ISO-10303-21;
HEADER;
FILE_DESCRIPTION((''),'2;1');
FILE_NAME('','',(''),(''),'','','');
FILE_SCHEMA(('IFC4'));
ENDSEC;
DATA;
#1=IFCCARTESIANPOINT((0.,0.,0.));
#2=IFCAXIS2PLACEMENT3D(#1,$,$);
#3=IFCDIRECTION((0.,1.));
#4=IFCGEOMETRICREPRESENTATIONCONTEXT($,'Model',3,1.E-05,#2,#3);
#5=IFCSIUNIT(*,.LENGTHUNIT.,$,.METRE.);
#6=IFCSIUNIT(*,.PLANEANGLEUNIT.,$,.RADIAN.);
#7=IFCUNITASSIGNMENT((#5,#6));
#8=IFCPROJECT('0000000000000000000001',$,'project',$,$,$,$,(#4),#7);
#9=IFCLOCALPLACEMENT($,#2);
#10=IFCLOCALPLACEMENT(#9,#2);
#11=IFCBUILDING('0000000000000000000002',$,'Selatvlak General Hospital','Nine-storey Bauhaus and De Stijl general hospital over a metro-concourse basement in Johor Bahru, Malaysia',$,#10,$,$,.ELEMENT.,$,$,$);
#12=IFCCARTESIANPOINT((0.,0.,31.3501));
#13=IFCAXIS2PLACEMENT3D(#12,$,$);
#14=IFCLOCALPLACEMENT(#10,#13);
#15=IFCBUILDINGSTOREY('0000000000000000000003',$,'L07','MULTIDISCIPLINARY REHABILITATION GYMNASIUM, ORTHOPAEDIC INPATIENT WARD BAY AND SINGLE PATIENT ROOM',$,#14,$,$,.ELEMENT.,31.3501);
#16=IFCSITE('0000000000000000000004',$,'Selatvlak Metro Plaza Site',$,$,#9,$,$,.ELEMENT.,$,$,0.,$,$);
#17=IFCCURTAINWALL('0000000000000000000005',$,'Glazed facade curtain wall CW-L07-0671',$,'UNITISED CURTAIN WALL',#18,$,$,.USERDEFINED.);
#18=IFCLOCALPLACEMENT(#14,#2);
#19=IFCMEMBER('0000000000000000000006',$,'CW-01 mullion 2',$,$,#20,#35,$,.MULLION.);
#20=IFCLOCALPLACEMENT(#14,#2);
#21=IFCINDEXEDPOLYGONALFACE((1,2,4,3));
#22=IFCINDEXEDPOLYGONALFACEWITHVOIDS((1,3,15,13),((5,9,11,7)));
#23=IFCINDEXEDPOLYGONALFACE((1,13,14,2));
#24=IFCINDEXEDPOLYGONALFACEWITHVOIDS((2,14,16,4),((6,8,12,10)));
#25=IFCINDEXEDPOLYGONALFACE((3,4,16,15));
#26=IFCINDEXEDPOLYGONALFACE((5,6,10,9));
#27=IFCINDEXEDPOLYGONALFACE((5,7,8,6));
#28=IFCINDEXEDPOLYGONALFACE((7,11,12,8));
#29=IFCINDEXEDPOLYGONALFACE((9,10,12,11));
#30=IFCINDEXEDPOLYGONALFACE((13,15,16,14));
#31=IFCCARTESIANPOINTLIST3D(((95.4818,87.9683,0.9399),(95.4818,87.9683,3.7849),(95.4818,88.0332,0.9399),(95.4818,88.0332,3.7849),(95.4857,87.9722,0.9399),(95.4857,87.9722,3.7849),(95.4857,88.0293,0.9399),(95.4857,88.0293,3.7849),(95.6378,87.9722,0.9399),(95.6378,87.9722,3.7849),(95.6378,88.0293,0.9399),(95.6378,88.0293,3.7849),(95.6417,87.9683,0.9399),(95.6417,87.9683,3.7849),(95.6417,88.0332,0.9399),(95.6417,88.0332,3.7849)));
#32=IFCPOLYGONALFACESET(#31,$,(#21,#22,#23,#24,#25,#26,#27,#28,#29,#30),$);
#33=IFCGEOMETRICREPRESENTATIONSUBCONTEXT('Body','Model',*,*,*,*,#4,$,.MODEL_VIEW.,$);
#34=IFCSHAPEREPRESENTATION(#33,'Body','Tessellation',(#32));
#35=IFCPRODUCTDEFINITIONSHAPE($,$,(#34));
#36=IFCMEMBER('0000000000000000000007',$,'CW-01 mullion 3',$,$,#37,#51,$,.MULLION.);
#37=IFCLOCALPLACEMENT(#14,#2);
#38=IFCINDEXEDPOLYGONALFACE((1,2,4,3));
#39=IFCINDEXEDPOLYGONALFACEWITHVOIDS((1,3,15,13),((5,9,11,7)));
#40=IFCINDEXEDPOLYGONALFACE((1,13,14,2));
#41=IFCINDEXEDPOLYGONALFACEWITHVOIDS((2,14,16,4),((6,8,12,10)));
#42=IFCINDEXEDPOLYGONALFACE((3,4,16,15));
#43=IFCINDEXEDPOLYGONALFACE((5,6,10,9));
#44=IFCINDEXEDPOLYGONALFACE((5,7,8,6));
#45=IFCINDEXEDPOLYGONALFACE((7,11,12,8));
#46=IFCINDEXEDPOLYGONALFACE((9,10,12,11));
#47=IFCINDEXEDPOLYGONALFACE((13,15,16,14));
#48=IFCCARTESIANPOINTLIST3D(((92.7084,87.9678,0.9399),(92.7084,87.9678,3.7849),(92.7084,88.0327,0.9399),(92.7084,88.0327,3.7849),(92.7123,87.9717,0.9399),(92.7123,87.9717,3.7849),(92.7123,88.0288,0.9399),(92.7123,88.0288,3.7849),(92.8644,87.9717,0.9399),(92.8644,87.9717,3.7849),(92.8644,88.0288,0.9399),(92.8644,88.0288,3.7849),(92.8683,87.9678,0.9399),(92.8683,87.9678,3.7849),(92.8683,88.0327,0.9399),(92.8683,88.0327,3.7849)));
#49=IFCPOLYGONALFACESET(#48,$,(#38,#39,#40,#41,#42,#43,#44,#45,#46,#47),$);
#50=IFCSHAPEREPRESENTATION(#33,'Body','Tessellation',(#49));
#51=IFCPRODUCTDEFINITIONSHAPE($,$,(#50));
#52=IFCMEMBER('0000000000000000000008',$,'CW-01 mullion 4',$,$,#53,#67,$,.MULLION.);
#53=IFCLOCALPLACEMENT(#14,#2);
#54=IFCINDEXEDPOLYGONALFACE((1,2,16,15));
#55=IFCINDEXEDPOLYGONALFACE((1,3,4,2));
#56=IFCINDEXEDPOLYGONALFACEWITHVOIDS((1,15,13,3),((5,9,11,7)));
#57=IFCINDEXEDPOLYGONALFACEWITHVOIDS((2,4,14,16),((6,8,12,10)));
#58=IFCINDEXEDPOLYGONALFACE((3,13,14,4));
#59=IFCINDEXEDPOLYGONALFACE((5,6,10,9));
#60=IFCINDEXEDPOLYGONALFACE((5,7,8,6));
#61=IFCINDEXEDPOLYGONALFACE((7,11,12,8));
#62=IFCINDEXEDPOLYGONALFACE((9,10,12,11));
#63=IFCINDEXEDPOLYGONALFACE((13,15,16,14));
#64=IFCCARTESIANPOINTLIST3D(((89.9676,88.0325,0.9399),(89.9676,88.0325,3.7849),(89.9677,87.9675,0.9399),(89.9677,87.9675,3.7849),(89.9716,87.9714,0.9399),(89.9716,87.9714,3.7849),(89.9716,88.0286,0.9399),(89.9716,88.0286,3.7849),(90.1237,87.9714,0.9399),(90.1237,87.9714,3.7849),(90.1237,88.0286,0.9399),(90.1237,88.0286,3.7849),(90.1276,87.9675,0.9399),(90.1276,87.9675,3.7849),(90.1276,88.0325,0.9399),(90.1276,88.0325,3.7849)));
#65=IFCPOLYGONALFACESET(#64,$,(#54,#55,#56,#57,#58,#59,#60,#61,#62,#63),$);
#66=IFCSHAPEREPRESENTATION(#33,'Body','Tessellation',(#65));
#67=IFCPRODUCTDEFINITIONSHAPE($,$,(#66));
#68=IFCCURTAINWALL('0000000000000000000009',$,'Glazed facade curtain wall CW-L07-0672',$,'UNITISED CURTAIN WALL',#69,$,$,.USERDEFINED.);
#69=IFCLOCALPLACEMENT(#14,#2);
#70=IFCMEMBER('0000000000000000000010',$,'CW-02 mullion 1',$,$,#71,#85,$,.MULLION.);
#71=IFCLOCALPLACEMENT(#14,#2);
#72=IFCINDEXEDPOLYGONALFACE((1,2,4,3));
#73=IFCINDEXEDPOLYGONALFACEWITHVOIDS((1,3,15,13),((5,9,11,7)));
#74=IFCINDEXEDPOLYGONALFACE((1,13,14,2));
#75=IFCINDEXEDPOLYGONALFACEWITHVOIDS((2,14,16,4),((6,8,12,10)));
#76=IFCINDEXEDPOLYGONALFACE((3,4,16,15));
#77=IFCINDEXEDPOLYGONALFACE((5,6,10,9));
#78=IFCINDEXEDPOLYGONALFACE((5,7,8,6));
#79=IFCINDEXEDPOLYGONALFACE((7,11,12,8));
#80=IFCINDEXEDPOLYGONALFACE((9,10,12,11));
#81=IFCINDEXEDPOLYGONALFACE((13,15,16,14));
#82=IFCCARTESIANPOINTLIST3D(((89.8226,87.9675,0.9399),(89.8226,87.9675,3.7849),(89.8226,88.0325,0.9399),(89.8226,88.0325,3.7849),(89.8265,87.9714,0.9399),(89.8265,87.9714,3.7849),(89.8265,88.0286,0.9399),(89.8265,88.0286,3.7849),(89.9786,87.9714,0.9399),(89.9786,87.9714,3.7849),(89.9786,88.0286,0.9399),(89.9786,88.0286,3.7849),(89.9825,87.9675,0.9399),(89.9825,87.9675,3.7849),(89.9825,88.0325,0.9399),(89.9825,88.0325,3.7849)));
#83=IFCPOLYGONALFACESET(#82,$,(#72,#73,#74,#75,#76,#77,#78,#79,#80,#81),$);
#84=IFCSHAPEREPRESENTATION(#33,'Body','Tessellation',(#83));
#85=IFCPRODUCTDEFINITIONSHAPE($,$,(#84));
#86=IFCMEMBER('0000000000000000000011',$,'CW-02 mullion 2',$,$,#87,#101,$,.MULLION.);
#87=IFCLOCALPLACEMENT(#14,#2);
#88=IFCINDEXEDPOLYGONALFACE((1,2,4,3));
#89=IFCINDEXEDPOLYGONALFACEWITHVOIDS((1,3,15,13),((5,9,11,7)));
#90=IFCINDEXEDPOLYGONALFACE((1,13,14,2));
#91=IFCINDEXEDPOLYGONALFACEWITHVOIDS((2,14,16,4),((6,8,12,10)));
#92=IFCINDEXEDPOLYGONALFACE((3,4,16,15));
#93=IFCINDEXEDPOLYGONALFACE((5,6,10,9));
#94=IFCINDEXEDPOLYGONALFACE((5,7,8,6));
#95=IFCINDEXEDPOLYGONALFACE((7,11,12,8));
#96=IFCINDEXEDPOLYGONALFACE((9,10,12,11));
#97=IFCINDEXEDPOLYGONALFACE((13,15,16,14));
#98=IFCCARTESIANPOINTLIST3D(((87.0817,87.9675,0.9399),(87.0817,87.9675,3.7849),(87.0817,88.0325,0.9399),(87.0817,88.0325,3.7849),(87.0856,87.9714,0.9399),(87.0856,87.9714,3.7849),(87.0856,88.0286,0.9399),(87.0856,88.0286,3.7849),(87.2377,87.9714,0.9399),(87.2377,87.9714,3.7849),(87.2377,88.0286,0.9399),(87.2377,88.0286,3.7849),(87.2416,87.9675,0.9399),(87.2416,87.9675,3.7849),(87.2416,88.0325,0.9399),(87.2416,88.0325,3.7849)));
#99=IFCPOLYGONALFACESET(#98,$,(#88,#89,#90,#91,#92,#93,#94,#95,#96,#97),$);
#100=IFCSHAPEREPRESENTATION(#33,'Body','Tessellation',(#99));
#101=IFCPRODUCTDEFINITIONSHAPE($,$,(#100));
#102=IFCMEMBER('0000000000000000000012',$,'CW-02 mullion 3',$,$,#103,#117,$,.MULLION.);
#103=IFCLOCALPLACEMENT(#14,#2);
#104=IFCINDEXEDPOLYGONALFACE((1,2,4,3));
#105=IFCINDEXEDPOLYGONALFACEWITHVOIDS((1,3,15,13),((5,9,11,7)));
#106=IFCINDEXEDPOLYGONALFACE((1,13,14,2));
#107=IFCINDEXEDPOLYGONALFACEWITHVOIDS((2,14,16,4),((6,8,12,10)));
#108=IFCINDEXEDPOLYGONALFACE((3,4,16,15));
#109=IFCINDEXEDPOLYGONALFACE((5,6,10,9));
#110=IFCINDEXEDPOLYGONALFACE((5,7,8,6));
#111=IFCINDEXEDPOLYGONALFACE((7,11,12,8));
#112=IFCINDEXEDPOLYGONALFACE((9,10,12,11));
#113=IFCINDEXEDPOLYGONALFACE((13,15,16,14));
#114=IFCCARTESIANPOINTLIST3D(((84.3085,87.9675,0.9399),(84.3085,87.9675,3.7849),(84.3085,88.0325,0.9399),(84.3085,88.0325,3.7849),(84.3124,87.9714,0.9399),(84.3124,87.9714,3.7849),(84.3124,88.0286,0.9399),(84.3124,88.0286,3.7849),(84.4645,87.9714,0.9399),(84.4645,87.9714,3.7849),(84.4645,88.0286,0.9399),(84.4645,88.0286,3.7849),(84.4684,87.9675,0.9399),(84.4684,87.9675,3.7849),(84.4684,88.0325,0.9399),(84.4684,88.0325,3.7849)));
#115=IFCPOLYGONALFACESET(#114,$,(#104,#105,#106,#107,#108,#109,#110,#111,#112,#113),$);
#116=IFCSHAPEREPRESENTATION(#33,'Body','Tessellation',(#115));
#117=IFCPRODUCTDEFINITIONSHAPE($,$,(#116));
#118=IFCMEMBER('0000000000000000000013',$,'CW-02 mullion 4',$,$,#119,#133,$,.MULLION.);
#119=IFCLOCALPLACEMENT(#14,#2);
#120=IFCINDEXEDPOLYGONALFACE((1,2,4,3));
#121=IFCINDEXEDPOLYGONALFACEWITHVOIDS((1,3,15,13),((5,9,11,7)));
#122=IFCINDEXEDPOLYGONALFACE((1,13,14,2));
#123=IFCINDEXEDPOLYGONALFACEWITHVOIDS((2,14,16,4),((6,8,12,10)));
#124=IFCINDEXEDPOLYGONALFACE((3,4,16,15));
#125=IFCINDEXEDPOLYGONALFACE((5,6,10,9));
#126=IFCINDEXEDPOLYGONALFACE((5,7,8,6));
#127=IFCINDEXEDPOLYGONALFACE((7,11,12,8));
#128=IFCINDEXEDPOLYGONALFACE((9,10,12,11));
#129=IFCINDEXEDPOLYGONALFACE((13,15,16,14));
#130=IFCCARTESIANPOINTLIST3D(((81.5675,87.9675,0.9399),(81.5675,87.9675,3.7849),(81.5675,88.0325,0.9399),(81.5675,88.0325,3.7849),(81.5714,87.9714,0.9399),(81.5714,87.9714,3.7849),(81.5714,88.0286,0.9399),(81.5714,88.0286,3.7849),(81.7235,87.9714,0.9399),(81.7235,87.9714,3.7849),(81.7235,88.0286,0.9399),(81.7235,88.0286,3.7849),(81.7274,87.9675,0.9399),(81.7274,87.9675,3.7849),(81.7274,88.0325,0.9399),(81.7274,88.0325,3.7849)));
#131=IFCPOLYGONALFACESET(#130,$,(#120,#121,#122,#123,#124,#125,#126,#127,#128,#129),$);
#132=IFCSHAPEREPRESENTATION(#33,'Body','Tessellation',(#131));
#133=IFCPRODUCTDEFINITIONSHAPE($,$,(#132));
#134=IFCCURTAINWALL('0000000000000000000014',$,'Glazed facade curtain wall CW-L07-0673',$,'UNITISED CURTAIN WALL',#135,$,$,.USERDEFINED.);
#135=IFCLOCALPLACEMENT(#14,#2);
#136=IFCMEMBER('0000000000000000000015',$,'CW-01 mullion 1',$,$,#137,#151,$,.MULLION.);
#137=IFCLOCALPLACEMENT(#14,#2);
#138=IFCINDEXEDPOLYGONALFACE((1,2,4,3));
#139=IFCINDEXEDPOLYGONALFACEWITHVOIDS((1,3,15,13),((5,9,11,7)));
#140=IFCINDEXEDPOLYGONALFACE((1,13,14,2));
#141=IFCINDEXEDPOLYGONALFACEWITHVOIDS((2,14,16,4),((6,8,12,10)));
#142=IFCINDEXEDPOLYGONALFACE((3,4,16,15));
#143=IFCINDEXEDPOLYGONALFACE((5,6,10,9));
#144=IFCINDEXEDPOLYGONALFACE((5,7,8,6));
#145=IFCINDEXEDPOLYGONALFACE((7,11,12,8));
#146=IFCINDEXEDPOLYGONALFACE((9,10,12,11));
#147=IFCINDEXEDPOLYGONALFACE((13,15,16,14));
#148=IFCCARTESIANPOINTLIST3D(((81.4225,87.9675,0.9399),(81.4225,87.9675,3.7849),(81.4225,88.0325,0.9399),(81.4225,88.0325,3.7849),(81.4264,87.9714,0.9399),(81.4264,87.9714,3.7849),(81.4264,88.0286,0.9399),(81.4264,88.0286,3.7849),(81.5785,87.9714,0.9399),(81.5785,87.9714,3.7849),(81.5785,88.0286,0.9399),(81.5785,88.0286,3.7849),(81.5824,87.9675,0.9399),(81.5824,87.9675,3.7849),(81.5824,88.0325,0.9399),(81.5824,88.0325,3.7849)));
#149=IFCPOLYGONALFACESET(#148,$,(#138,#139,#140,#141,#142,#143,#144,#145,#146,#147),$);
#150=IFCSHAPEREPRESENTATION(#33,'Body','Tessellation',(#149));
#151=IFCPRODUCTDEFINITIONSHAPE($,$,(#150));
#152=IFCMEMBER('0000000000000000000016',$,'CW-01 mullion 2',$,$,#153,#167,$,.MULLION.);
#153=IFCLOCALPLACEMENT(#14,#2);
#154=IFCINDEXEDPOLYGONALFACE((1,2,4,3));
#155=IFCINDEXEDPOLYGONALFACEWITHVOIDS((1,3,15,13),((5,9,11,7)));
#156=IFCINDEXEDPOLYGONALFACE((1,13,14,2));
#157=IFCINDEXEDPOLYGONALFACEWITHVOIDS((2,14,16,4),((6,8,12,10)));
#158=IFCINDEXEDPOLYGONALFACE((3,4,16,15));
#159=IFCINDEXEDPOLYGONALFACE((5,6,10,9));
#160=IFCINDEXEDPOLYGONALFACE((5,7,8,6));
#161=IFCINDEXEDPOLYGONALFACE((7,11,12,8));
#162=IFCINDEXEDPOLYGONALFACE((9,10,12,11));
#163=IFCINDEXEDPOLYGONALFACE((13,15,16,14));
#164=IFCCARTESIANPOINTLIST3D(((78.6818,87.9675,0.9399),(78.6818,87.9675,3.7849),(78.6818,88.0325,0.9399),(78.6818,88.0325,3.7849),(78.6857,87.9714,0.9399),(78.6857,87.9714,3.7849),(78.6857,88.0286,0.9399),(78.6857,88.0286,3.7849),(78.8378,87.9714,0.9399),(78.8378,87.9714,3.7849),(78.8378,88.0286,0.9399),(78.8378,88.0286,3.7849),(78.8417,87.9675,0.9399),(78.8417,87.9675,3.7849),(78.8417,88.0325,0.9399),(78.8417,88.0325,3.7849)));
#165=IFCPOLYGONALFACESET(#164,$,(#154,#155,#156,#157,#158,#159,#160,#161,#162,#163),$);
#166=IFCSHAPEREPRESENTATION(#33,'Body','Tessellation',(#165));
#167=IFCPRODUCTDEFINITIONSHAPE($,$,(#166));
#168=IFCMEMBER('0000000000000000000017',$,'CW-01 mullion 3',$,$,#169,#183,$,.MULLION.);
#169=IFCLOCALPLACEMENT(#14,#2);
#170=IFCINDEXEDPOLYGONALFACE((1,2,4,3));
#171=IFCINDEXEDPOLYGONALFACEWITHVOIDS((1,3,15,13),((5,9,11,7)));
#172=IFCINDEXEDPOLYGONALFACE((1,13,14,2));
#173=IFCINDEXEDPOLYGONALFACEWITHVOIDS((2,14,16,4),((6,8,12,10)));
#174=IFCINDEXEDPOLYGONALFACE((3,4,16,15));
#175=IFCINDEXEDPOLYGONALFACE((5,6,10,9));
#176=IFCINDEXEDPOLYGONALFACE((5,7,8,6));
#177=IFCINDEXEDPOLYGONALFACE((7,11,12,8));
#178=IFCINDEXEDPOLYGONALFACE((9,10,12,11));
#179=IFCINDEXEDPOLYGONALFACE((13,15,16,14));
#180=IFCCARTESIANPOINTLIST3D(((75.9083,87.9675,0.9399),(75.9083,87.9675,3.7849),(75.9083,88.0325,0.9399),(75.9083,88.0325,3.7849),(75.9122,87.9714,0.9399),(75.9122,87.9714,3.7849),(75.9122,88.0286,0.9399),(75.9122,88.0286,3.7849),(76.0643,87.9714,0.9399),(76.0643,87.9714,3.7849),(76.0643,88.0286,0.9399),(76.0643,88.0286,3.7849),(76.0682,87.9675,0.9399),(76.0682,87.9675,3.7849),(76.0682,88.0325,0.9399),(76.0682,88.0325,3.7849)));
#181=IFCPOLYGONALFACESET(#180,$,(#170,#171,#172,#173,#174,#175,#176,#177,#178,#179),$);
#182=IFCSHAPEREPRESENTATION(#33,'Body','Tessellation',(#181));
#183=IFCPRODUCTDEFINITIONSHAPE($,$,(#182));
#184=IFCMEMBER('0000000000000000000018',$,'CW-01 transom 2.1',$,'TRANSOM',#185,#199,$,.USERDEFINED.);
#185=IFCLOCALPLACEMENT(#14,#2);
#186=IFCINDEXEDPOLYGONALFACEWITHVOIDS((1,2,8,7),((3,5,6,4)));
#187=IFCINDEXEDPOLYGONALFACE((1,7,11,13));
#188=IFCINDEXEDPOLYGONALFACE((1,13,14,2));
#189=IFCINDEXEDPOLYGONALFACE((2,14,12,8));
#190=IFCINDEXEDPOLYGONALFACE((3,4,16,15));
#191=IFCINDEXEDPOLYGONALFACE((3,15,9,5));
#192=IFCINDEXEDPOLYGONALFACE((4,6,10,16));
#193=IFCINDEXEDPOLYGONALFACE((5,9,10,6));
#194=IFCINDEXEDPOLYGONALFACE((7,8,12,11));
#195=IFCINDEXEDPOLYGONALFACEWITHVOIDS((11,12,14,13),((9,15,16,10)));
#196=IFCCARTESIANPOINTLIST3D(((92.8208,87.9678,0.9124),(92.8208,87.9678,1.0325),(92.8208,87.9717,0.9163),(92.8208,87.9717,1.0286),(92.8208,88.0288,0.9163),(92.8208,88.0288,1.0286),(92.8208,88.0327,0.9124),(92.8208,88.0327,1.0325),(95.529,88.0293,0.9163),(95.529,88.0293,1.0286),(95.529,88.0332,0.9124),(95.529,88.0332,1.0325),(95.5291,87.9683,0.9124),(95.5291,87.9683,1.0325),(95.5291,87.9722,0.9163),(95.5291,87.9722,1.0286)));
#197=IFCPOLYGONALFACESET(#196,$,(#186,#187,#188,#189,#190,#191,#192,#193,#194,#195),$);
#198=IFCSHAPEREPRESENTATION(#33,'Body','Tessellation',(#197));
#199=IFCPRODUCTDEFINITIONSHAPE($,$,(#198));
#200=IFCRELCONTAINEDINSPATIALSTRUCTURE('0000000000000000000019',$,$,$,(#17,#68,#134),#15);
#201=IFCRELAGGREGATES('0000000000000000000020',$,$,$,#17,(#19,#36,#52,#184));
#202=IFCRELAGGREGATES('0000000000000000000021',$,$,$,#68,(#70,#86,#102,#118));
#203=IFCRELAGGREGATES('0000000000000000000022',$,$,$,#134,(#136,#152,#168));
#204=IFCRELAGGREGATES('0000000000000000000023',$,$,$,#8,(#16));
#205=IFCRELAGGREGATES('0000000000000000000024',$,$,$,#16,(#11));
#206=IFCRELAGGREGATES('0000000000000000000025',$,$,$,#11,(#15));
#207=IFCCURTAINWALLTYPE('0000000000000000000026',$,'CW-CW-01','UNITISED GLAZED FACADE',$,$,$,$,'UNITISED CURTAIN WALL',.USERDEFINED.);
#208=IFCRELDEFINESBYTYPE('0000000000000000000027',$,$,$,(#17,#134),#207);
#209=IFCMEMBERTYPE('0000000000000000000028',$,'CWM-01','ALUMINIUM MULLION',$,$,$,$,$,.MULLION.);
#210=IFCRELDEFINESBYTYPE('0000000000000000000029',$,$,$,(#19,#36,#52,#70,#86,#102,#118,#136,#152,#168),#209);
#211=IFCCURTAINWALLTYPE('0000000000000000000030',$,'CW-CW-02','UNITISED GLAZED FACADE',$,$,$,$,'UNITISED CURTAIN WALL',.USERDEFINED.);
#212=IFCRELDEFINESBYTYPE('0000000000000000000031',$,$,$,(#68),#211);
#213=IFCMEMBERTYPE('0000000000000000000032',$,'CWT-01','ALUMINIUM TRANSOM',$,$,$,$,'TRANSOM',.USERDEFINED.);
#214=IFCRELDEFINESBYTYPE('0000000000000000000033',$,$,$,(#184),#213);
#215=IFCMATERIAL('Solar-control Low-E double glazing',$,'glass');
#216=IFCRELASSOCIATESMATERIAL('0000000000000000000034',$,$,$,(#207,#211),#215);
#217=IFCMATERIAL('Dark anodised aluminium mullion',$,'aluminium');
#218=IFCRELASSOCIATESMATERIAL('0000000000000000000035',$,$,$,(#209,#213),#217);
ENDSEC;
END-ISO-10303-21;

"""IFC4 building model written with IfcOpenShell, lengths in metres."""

from ifc_helpers import new_model, si_unit, direction, frame, origin, origin_2d, place, context, subcontext, project, spatial, hollow_rectangle, extrude, material, material_profile, profile_set, type_object, element, aggregate, save


model = new_model("IFC4")

# Units and contexts
model_context = context("Model", 3, precision=1e-05, world=origin(), true_north=direction((0.0, 1.0)))
body_context = subcontext(model_context, "Body", "Model", "MODEL_VIEW")
ifc_project = project(units=[si_unit("LENGTHUNIT", "METRE"), si_unit("PLANEANGLEUNIT", "RADIAN")], contexts=[model_context])

# Site, building, storey
site_placement = place(None, origin())
site = spatial("IfcSite", under=ifc_project, at=site_placement, Name="Selatvlak Metro Plaza Site", CompositionType="ELEMENT", RefElevation=0.0)
building_placement = place(site_placement, origin())
building = spatial("IfcBuilding", under=site, at=building_placement, Name="Selatvlak General Hospital", Description="Nine-storey Bauhaus and De Stijl general hospital over a metro-concourse basement in Johor Bahru, Malaysia", CompositionType="ELEMENT")
storey_placement = place(building_placement, frame((0.0, 0.0, 31.3501)))
storey = spatial("IfcBuildingStorey", under=building, at=storey_placement, Name="L07", Description="MULTIDISCIPLINARY REHABILITATION GYMNASIUM, ORTHOPAEDIC INPATIENT WARD BAY AND SINGLE PATIENT ROOM", CompositionType="ELEMENT", Elevation=31.3501)

# Curtain walls, members
ifc_material_1 = material(Name="Solar-control Low-E double glazing", Category="glass")
curtain_wall_type_1 = type_object("IfcCurtainWallType", Name="CW-CW-01", Description="UNITISED GLAZED FACADE", ElementType="UNITISED CURTAIN WALL", PredefinedType="USERDEFINED", material=ifc_material_1)
curtain_wall_1_placement = place(storey_placement, origin())
curtain_wall_1 = element("IfcCurtainWall", 1, at=curtain_wall_1_placement, inside=storey, type_object=curtain_wall_type_1, Name="Glazed facade curtain wall CW-L07-0671", ObjectType="UNITISED CURTAIN WALL", PredefinedType="USERDEFINED")
ifc_material_2 = material(Name="Dark anodised aluminium mullion", Category="aluminium")
ifc_material_profile_1 = material_profile(ifc_material_2, hollow_rectangle(XDim=0.0649, YDim=0.1599, WallThickness=0.0039, at=origin_2d()), Name="AL-MUL 65x160x4")
ifc_profile_set_1 = profile_set([ifc_material_profile_1], Name="Dark anodised aluminium mullion")
member_type_1 = type_object("IfcMemberType", Name="CWM-01", Description="ALUMINIUM MULLION", PredefinedType="MULLION", material=ifc_profile_set_1)
member_1_placement = place(storey_placement, frame((95.5618, 88.0007, 0.9399), z_axis=(0.0, 0.0, 1.0), x_axis=(0.00012, -1.0, 0.0)))
member_1 = element("IfcMember", 2, at=member_1_placement, type_object=member_type_1, Name="CW-01 mullion 2", PredefinedType="MULLION", context=body_context, shape_type="SweptSolid", body=[
    extrude(hollow_rectangle(XDim=0.0649, YDim=0.1599, WallThickness=0.0039, at=origin_2d()), origin(), (0.0, 0.0, 1.0), 2.845),
])
member_2_placement = place(storey_placement, frame((92.7883, 88.0002, 0.9399), z_axis=(0.0, 0.0, 1.0), x_axis=(0.00012, -1.0, 0.0)))
member_2 = element("IfcMember", 3, at=member_2_placement, type_object=member_type_1, Name="CW-01 mullion 3", PredefinedType="MULLION", context=body_context, shape_type="SweptSolid", body=[
    extrude(hollow_rectangle(XDim=0.0649, YDim=0.1599, WallThickness=0.0039, at=origin_2d()), origin(), (0.0, 0.0, 1.0), 2.845),
])
member_3_placement = place(storey_placement, frame((90.0476, 88.0, 0.9399), z_axis=(0.0, 0.0, 1.0), x_axis=(0.00012, -1.0, 0.0)))
member_3 = element("IfcMember", 4, at=member_3_placement, type_object=member_type_1, Name="CW-01 mullion 4", PredefinedType="MULLION", context=body_context, shape_type="SweptSolid", body=[
    extrude(hollow_rectangle(XDim=0.0649, YDim=0.1599, WallThickness=0.0039, at=origin_2d()), origin(), (0.0, 0.0, 1.0), 2.845),
])
curtain_wall_type_2 = type_object("IfcCurtainWallType", Name="CW-CW-02", Description="UNITISED GLAZED FACADE", ElementType="UNITISED CURTAIN WALL", PredefinedType="USERDEFINED", material=ifc_material_1)
curtain_wall_2_placement = place(storey_placement, origin())
curtain_wall_2 = element("IfcCurtainWall", 5, at=curtain_wall_2_placement, inside=storey, type_object=curtain_wall_type_2, Name="Glazed facade curtain wall CW-L07-0672", ObjectType="UNITISED CURTAIN WALL", PredefinedType="USERDEFINED")
member_4_placement = place(storey_placement, frame((89.9026, 88.0, 0.9399), z_axis=(0.0, 0.0, 1.0), x_axis=(0.0, -1.0, 0.0)))
member_4 = element("IfcMember", 6, at=member_4_placement, type_object=member_type_1, Name="CW-02 mullion 1", PredefinedType="MULLION", context=body_context, shape_type="SweptSolid", body=[
    extrude(hollow_rectangle(XDim=0.0649, YDim=0.1599, WallThickness=0.0039, at=origin_2d()), origin(), (0.0, 0.0, 1.0), 2.845),
])
member_5_placement = place(storey_placement, frame((87.1616, 88.0, 0.9399), z_axis=(0.0, 0.0, 1.0), x_axis=(0.0, -1.0, 0.0)))
member_5 = element("IfcMember", 7, at=member_5_placement, type_object=member_type_1, Name="CW-02 mullion 2", PredefinedType="MULLION", context=body_context, shape_type="SweptSolid", body=[
    extrude(hollow_rectangle(XDim=0.0649, YDim=0.1599, WallThickness=0.0039, at=origin_2d()), origin(), (0.0, 0.0, 1.0), 2.845),
])
member_6_placement = place(storey_placement, frame((84.3884, 88.0, 0.9399), z_axis=(0.0, 0.0, 1.0), x_axis=(0.0, -1.0, 0.0)))
member_6 = element("IfcMember", 8, at=member_6_placement, type_object=member_type_1, Name="CW-02 mullion 3", PredefinedType="MULLION", context=body_context, shape_type="SweptSolid", body=[
    extrude(hollow_rectangle(XDim=0.0649, YDim=0.1599, WallThickness=0.0039, at=origin_2d()), origin(), (0.0, 0.0, 1.0), 2.845),
])
member_7_placement = place(storey_placement, frame((81.6475, 88.0, 0.9399), z_axis=(0.0, 0.0, 1.0), x_axis=(0.0, -1.0, 0.0)))
member_7 = element("IfcMember", 9, at=member_7_placement, type_object=member_type_1, Name="CW-02 mullion 4", PredefinedType="MULLION", context=body_context, shape_type="SweptSolid", body=[
    extrude(hollow_rectangle(XDim=0.0649, YDim=0.1599, WallThickness=0.0039, at=origin_2d()), origin(), (0.0, 0.0, 1.0), 2.845),
])
curtain_wall_3_placement = place(storey_placement, origin())
curtain_wall_3 = element("IfcCurtainWall", 10, at=curtain_wall_3_placement, inside=storey, type_object=curtain_wall_type_1, Name="Glazed facade curtain wall CW-L07-0673", ObjectType="UNITISED CURTAIN WALL", PredefinedType="USERDEFINED")
member_8_placement = place(storey_placement, frame((81.5024, 88.0, 0.9399), z_axis=(0.0, 0.0, 1.0), x_axis=(0.0, -1.0, 0.0)))
member_8 = element("IfcMember", 11, at=member_8_placement, type_object=member_type_1, Name="CW-01 mullion 1", PredefinedType="MULLION", context=body_context, shape_type="SweptSolid", body=[
    extrude(hollow_rectangle(XDim=0.0649, YDim=0.1599, WallThickness=0.0039, at=origin_2d()), origin(), (0.0, 0.0, 1.0), 2.845),
])
member_9_placement = place(storey_placement, frame((78.7617, 88.0, 0.9399), z_axis=(0.0, 0.0, 1.0), x_axis=(0.0, -1.0, 0.0)))
member_9 = element("IfcMember", 12, at=member_9_placement, type_object=member_type_1, Name="CW-01 mullion 2", PredefinedType="MULLION", context=body_context, shape_type="SweptSolid", body=[
    extrude(hollow_rectangle(XDim=0.0649, YDim=0.1599, WallThickness=0.0039, at=origin_2d()), origin(), (0.0, 0.0, 1.0), 2.845),
])
member_10_placement = place(storey_placement, frame((75.9883, 88.0, 0.9399), z_axis=(0.0, 0.0, 1.0), x_axis=(0.0, -1.0, 0.0)))
member_10 = element("IfcMember", 13, at=member_10_placement, type_object=member_type_1, Name="CW-01 mullion 3", PredefinedType="MULLION", context=body_context, shape_type="SweptSolid", body=[
    extrude(hollow_rectangle(XDim=0.0649, YDim=0.1599, WallThickness=0.0039, at=origin_2d()), origin(), (0.0, 0.0, 1.0), 2.845),
])

# Member
ifc_material_profile_2 = material_profile(ifc_material_2, hollow_rectangle(XDim=0.0649, YDim=0.1201, WallThickness=0.0039, at=origin_2d()), Name="AL-TRN 65x120x4")
ifc_profile_set_2 = profile_set([ifc_material_profile_2], Name="Dark anodised aluminium mullion")
member_type_2 = type_object("IfcMemberType", Name="CWT-01", Description="ALUMINIUM TRANSOM", ElementType="TRANSOM", PredefinedType="USERDEFINED", material=ifc_profile_set_2)
member_11_placement = place(storey_placement, frame((95.5291, 88.0007, 0.9724), z_axis=(-1.0, -0.00018, 0.0), x_axis=(0.00018, -1.0, 0.0)))
member_11 = element("IfcMember", 14, at=member_11_placement, type_object=member_type_2, Name="CW-01 transom 2.1", ObjectType="TRANSOM", PredefinedType="USERDEFINED", context=body_context, shape_type="SweptSolid", body=[
    extrude(hollow_rectangle(XDim=0.0649, YDim=0.1201, WallThickness=0.0039, at=origin_2d()), origin(), (0.0, 0.0, 1.0), 2.7083),
])

aggregate(curtain_wall_1, [member_1, member_2, member_3, member_11])
aggregate(curtain_wall_2, [member_4, member_5, member_6, member_7])
aggregate(curtain_wall_3, [member_8, member_9, member_10])

save(model, "model.ifc")
